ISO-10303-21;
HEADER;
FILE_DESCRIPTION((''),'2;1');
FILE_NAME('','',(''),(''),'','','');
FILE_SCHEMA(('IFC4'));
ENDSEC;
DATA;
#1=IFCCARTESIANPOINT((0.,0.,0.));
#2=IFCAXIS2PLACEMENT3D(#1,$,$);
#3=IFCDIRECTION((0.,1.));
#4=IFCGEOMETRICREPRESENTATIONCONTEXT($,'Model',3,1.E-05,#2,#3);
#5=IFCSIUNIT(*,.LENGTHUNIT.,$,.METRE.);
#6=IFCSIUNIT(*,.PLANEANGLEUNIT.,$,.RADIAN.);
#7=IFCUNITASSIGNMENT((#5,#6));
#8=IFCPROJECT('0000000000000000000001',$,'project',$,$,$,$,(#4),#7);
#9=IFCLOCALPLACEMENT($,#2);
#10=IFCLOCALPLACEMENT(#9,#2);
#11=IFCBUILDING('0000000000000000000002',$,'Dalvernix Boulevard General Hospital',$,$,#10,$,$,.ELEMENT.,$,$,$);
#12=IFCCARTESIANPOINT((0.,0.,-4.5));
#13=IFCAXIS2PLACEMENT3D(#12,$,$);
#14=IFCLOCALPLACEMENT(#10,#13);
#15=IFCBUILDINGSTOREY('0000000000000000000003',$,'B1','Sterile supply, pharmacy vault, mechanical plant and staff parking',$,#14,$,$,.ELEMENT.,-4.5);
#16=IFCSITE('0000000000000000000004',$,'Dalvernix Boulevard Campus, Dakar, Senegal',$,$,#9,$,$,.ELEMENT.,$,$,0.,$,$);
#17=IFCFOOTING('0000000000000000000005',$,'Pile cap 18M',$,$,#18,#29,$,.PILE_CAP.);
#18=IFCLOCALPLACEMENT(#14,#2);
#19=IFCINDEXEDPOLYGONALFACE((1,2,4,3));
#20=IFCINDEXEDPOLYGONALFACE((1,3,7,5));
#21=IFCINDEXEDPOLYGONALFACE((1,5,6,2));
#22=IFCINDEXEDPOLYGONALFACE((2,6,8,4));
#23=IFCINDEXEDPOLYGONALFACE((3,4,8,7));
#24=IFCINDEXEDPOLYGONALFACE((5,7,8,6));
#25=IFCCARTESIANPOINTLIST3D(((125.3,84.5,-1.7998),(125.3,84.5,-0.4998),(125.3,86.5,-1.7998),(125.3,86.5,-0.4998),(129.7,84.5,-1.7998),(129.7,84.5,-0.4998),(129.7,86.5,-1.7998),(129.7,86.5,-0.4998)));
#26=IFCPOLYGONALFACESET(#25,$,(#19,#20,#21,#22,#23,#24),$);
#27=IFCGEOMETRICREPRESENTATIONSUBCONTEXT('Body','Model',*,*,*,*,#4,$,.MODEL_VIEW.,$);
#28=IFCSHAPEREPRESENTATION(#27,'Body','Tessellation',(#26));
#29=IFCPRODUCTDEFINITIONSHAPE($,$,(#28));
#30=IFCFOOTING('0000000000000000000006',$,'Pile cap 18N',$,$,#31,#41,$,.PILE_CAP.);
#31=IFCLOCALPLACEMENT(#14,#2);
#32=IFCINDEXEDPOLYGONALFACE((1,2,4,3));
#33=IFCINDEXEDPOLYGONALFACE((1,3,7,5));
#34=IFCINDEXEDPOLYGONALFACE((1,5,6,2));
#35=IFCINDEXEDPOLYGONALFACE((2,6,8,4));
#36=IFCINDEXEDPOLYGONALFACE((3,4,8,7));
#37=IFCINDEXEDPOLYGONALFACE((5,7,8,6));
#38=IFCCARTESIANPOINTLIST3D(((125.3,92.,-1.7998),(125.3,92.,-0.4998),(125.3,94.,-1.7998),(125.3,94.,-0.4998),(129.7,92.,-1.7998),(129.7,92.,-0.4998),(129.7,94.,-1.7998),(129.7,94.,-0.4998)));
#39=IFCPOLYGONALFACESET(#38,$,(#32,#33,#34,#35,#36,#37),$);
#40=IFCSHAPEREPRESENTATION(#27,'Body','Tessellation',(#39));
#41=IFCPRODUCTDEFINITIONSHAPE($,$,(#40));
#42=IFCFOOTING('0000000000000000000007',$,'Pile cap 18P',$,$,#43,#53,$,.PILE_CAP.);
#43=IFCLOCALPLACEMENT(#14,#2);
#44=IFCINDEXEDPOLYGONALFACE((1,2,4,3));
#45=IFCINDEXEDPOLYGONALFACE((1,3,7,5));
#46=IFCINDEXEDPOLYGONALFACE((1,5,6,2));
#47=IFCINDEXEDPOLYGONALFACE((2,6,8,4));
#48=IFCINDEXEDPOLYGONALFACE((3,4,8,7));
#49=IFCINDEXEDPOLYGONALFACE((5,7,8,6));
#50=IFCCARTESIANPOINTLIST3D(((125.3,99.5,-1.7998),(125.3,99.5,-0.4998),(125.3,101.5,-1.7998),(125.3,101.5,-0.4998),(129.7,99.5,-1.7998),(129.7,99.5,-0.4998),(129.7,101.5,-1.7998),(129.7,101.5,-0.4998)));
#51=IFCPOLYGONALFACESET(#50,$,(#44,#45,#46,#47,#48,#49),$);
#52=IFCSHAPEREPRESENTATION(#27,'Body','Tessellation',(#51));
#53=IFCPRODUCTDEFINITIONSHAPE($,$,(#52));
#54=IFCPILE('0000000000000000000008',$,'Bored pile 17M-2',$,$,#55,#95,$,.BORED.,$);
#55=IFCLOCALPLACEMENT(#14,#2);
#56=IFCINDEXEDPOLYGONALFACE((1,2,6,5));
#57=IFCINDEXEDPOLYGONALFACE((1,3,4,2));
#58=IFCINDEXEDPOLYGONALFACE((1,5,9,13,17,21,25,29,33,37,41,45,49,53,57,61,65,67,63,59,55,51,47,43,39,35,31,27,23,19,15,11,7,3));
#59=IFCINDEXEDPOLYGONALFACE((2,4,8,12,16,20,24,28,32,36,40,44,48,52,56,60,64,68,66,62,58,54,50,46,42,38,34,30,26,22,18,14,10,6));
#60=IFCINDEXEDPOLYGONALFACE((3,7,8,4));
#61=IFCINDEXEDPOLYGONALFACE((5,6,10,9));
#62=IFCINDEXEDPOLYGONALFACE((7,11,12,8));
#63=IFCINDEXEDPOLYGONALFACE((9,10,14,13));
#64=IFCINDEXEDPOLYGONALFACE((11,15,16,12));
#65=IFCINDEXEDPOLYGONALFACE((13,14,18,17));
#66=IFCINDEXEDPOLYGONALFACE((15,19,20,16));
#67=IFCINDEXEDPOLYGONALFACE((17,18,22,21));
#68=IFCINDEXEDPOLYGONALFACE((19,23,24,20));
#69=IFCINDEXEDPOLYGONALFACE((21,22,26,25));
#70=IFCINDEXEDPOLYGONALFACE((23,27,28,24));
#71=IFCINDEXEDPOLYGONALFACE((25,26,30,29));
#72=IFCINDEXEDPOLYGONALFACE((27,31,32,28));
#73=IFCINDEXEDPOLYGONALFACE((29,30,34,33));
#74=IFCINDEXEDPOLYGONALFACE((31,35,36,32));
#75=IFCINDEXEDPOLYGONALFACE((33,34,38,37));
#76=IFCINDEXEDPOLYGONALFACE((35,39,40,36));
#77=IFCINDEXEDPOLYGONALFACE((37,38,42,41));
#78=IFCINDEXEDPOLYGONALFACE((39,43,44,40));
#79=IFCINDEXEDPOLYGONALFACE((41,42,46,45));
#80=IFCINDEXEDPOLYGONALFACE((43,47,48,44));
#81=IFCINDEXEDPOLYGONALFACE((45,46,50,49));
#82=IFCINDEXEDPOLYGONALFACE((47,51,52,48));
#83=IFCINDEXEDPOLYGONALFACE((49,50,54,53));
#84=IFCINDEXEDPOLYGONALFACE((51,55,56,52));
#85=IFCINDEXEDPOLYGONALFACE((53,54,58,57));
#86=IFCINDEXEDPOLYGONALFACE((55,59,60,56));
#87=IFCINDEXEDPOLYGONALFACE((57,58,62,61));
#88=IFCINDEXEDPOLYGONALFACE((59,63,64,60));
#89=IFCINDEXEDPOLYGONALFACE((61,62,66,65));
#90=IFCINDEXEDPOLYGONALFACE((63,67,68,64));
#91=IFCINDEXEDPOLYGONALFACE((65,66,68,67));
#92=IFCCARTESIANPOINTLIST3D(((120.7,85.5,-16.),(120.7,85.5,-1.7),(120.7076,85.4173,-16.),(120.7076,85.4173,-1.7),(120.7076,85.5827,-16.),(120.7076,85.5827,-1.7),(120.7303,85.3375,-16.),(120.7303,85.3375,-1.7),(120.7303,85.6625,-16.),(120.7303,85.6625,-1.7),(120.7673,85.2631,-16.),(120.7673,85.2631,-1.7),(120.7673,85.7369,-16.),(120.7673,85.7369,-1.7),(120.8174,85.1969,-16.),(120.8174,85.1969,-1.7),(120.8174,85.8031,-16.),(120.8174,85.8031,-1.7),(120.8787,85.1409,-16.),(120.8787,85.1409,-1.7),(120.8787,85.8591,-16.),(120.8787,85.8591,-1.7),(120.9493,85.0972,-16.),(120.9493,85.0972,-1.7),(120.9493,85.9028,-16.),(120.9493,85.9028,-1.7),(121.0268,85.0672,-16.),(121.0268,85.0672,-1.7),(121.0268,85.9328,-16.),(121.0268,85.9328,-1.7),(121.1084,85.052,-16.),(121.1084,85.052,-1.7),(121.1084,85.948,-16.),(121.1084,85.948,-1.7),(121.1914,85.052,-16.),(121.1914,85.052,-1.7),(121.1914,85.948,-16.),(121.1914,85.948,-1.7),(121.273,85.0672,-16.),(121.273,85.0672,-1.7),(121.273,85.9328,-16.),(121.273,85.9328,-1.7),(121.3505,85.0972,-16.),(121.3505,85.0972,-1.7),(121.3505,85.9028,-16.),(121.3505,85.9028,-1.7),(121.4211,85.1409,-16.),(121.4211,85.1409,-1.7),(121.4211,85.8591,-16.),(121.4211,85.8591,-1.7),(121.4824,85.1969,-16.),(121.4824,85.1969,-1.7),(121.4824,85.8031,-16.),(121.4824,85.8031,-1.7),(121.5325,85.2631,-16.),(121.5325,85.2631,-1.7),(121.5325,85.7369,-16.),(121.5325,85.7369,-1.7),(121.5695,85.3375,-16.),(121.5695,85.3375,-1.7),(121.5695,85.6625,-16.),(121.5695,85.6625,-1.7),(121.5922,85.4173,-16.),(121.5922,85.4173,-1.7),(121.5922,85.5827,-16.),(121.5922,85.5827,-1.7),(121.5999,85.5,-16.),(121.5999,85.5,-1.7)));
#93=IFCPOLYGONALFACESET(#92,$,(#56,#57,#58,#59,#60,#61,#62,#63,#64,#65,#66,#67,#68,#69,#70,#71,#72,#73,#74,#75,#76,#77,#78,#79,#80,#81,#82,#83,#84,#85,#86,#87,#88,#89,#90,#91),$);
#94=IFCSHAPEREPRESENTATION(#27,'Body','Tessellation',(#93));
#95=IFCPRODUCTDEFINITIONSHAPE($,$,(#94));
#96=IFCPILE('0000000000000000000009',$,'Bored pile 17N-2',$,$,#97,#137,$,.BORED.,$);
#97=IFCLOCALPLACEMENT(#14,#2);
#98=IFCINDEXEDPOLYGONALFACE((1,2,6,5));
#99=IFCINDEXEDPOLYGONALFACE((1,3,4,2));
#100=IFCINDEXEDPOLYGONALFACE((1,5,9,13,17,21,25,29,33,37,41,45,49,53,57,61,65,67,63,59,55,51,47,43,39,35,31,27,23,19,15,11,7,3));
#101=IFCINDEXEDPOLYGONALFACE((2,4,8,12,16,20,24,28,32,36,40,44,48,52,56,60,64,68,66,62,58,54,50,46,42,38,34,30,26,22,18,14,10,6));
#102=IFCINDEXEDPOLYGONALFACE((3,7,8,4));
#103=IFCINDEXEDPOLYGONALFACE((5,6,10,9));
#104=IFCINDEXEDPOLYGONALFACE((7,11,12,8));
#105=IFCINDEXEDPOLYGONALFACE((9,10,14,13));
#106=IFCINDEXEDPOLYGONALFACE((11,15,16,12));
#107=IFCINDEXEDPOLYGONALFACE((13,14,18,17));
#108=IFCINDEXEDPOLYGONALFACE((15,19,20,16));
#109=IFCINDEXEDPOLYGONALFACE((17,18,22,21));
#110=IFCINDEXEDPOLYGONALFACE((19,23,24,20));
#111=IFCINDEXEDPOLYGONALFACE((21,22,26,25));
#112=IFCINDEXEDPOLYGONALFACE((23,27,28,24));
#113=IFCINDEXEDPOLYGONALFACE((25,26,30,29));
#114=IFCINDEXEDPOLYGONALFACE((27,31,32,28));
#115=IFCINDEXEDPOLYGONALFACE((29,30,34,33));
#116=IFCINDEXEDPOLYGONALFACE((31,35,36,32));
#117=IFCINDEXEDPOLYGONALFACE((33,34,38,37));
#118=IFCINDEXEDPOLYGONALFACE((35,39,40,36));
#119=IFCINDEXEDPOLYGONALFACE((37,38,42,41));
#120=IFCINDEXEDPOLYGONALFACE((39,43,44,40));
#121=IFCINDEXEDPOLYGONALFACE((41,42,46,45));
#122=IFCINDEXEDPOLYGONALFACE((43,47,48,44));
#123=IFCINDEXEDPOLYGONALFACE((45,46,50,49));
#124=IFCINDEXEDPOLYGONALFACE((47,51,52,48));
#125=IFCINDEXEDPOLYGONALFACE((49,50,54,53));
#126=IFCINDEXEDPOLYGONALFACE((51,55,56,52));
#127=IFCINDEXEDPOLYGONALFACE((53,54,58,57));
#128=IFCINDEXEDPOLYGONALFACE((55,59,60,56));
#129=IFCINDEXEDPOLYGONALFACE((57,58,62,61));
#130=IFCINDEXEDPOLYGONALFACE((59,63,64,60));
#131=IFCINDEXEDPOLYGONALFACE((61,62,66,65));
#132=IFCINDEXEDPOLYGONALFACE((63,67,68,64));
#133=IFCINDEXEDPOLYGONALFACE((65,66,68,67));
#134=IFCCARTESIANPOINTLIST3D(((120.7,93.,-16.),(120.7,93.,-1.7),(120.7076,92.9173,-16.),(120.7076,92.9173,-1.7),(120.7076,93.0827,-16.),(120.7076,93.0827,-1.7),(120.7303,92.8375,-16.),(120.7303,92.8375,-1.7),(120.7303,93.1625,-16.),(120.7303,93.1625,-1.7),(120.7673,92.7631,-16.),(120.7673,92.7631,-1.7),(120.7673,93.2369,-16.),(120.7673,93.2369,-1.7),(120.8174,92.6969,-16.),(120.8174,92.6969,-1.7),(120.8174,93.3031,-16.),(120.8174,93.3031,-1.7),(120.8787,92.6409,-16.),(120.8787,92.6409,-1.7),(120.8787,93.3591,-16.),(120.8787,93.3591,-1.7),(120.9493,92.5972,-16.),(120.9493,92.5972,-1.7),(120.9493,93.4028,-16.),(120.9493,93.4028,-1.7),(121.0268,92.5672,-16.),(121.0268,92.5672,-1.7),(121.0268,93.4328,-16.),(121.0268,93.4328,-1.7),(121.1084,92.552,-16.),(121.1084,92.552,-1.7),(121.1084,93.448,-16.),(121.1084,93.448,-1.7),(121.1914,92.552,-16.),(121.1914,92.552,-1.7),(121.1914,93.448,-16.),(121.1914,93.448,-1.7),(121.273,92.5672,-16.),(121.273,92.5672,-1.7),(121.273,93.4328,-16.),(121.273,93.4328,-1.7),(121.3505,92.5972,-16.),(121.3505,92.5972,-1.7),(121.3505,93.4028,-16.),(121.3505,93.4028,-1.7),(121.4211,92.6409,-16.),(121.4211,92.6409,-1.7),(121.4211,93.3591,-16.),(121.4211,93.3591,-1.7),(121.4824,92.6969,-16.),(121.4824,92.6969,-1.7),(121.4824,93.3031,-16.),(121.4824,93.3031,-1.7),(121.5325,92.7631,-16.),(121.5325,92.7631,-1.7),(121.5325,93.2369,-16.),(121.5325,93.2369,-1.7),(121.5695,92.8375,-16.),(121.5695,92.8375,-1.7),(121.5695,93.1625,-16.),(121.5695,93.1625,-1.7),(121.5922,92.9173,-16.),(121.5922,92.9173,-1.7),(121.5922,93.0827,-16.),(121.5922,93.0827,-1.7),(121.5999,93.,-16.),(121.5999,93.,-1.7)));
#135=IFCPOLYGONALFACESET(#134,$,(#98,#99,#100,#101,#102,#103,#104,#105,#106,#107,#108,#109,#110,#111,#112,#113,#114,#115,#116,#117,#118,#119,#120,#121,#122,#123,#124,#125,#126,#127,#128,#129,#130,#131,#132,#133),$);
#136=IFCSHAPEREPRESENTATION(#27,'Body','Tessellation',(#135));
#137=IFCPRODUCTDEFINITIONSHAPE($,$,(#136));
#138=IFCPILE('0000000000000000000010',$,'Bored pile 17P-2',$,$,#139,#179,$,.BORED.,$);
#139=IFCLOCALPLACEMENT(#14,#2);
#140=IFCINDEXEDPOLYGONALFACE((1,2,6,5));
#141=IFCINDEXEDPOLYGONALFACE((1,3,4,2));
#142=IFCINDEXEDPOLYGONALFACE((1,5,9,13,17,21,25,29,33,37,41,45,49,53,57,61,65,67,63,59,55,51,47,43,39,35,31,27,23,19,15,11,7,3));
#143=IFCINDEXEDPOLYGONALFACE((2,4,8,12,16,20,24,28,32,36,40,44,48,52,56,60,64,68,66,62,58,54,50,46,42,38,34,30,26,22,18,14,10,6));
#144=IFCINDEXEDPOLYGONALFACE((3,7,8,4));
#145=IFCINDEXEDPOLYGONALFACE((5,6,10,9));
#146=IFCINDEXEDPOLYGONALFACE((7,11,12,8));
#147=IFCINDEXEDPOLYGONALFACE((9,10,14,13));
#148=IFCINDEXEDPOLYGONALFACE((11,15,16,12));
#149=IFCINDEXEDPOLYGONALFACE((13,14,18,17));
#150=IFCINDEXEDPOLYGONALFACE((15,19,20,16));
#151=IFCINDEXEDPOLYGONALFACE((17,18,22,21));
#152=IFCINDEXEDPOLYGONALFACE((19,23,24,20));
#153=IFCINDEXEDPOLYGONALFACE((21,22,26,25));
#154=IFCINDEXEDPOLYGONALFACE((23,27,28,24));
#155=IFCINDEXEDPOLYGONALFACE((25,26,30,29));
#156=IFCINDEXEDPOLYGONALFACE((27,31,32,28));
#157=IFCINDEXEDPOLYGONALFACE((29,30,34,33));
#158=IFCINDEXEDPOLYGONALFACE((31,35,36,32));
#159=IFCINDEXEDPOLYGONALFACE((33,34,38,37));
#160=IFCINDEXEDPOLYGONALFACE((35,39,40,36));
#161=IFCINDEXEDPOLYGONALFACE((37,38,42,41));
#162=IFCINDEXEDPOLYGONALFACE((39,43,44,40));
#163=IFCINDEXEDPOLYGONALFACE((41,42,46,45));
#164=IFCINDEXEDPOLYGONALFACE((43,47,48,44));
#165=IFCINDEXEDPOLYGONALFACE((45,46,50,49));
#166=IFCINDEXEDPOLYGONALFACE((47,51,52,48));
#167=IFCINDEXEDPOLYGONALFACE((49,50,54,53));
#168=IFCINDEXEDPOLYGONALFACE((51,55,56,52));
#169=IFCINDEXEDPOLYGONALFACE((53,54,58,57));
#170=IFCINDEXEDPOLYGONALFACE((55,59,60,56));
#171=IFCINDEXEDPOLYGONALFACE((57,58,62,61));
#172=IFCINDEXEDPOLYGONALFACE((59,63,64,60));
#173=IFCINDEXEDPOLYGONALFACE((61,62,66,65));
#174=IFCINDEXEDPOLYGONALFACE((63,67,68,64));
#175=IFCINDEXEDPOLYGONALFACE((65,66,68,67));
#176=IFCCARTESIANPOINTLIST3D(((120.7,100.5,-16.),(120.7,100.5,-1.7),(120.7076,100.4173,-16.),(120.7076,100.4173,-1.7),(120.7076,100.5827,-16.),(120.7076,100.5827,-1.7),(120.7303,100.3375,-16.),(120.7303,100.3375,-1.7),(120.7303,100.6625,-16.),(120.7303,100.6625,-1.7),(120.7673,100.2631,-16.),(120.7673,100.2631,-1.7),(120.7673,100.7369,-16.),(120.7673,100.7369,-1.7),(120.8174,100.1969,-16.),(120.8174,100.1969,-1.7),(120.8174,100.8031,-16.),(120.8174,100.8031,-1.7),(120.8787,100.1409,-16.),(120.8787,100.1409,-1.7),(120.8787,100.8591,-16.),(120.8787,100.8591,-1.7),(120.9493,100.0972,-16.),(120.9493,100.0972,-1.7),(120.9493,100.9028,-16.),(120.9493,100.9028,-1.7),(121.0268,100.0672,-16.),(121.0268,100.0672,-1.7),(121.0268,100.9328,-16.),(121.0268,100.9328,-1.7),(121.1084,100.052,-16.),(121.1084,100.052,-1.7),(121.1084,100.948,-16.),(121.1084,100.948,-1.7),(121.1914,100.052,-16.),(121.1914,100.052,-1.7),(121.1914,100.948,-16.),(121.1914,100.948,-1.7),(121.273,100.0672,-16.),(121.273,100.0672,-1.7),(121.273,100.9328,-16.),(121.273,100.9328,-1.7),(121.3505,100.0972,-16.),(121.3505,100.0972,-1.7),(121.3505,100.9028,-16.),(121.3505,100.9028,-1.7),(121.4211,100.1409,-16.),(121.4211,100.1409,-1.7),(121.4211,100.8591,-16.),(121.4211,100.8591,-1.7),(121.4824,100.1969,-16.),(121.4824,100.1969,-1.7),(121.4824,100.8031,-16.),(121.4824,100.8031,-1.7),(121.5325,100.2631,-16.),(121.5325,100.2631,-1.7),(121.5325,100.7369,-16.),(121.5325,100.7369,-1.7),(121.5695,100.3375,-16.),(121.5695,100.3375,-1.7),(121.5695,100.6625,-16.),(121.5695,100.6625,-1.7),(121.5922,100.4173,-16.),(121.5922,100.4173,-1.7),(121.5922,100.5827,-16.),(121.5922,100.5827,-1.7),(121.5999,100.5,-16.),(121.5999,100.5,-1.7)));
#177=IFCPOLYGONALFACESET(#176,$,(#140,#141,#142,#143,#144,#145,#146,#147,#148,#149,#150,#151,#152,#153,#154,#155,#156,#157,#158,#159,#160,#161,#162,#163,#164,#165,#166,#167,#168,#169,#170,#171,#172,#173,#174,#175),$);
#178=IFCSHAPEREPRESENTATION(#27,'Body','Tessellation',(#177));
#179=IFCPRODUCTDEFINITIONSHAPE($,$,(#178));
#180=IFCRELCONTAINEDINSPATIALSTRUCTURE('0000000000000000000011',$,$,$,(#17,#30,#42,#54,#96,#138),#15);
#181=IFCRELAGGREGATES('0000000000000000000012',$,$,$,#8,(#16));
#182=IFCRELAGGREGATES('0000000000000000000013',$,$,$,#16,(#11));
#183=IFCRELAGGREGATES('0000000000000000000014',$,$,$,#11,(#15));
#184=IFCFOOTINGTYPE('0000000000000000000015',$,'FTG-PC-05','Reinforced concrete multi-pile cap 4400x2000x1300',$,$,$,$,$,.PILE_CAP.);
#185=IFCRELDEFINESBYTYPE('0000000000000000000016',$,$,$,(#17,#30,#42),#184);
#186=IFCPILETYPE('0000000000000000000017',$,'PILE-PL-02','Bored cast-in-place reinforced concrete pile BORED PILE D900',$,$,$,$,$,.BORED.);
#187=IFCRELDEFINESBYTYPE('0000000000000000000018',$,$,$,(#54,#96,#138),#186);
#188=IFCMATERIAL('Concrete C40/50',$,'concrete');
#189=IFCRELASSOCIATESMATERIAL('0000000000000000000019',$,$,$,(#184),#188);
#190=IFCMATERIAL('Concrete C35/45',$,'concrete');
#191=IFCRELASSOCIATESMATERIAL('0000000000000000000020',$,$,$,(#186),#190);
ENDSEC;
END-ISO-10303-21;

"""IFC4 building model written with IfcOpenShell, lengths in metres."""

from ifc_helpers import new_model, si_unit, direction, frame, origin, origin_2d, place, context, subcontext, project, spatial, rectangle, circle, extrude, material, material_profile, profile_set, type_object, element, save


model = new_model("IFC4")

# Units and contexts
model_context = context("Model", 3, precision=1e-05, world=origin(), true_north=direction((0.0, 1.0)))
body_context = subcontext(model_context, "Body", "Model", "MODEL_VIEW")
ifc_project = project(units=[si_unit("LENGTHUNIT", "METRE"), si_unit("PLANEANGLEUNIT", "RADIAN")], contexts=[model_context])

# Site, building, storey
site_placement = place(None, origin())
site = spatial("IfcSite", under=ifc_project, at=site_placement, Name="Dalvernix Boulevard Campus, Dakar, Senegal", CompositionType="ELEMENT", RefElevation=0.0)
building_placement = place(site_placement, origin())
building = spatial("IfcBuilding", under=site, at=building_placement, Name="Dalvernix Boulevard General Hospital", CompositionType="ELEMENT")
storey_placement = place(building_placement, frame((0.0, 0.0, -4.5)))
storey = spatial("IfcBuildingStorey", under=building, at=storey_placement, Name="B1", Description="Sterile supply, pharmacy vault, mechanical plant and staff parking", CompositionType="ELEMENT", Elevation=-4.5)

# Footings
ifc_material_1 = material(Name="Concrete C35/45", Category="concrete")
ifc_material_2 = material(Name="Concrete C40/50", Category="concrete")
footing_type_1 = type_object("IfcFootingType", Name="FTG-PC-05", Description="Reinforced concrete multi-pile cap 4400x2000x1300", PredefinedType="PILE_CAP", material=ifc_material_2)
for number, where, z_axis, x_axis, name in (
    (1, (127.5, 85.5, -1.7998), (0.0, 0.0, 1.0), (1.0, 0.0, 0.0), "Pile cap 18M"),
    (2, (127.5, 93.0, -1.7998), (0.0, 0.0, 1.0), (1.0, 0.0, 0.0), "Pile cap 18N"),
    (3, (127.5, 100.5, -1.7998), (0.0, 0.0, 1.0), (1.0, 0.0, 0.0), "Pile cap 18P"),
):
    element("IfcFooting", number, at=place(storey_placement, frame(where, z_axis=z_axis, x_axis=x_axis)), inside=storey, type_object=footing_type_1, Name=name, PredefinedType="PILE_CAP", context=body_context, shape_type="SweptSolid", body=[
        extrude(rectangle(XDim=4.3999, YDim=2.0, at=origin_2d()), origin(), (0.0, 0.0, 1.0), 1.3),
    ])

# Piles
ifc_material_profile_1 = material_profile(ifc_material_1, circle(Radius=0.45, at=origin_2d()), Name="BORED PILE D900")
ifc_profile_set_1 = profile_set([ifc_material_profile_1], Name="Concrete C35/45")
pile_type = type_object("IfcPileType", Name="PILE-PL-02", Description="Bored cast-in-place reinforced concrete pile BORED PILE D900", PredefinedType="BORED", material=ifc_profile_set_1)
for number, where, z_axis, x_axis, name in (
    (4, (121.1499, 85.5, -1.7), (0.0, 0.0, -1.0), (1.0, 0.0, 0.0), "Bored pile 17M-2"),
    (5, (121.1499, 93.0, -1.7), (0.0, 0.0, -1.0), (1.0, 0.0, 0.0), "Bored pile 17N-2"),
    (6, (121.1499, 100.5, -1.7), (0.0, 0.0, -1.0), (1.0, 0.0, 0.0), "Bored pile 17P-2"),
):
    element("IfcPile", number, at=place(storey_placement, frame(where, z_axis=z_axis, x_axis=x_axis)), inside=storey, type_object=pile_type, Name=name, PredefinedType="BORED", context=body_context, shape_type="SweptSolid", body=[
        extrude(circle(Radius=0.45, at=origin_2d()), origin(), (0.0, 0.0, 1.0), 14.3),
    ])

save(model, "model.ifc")
